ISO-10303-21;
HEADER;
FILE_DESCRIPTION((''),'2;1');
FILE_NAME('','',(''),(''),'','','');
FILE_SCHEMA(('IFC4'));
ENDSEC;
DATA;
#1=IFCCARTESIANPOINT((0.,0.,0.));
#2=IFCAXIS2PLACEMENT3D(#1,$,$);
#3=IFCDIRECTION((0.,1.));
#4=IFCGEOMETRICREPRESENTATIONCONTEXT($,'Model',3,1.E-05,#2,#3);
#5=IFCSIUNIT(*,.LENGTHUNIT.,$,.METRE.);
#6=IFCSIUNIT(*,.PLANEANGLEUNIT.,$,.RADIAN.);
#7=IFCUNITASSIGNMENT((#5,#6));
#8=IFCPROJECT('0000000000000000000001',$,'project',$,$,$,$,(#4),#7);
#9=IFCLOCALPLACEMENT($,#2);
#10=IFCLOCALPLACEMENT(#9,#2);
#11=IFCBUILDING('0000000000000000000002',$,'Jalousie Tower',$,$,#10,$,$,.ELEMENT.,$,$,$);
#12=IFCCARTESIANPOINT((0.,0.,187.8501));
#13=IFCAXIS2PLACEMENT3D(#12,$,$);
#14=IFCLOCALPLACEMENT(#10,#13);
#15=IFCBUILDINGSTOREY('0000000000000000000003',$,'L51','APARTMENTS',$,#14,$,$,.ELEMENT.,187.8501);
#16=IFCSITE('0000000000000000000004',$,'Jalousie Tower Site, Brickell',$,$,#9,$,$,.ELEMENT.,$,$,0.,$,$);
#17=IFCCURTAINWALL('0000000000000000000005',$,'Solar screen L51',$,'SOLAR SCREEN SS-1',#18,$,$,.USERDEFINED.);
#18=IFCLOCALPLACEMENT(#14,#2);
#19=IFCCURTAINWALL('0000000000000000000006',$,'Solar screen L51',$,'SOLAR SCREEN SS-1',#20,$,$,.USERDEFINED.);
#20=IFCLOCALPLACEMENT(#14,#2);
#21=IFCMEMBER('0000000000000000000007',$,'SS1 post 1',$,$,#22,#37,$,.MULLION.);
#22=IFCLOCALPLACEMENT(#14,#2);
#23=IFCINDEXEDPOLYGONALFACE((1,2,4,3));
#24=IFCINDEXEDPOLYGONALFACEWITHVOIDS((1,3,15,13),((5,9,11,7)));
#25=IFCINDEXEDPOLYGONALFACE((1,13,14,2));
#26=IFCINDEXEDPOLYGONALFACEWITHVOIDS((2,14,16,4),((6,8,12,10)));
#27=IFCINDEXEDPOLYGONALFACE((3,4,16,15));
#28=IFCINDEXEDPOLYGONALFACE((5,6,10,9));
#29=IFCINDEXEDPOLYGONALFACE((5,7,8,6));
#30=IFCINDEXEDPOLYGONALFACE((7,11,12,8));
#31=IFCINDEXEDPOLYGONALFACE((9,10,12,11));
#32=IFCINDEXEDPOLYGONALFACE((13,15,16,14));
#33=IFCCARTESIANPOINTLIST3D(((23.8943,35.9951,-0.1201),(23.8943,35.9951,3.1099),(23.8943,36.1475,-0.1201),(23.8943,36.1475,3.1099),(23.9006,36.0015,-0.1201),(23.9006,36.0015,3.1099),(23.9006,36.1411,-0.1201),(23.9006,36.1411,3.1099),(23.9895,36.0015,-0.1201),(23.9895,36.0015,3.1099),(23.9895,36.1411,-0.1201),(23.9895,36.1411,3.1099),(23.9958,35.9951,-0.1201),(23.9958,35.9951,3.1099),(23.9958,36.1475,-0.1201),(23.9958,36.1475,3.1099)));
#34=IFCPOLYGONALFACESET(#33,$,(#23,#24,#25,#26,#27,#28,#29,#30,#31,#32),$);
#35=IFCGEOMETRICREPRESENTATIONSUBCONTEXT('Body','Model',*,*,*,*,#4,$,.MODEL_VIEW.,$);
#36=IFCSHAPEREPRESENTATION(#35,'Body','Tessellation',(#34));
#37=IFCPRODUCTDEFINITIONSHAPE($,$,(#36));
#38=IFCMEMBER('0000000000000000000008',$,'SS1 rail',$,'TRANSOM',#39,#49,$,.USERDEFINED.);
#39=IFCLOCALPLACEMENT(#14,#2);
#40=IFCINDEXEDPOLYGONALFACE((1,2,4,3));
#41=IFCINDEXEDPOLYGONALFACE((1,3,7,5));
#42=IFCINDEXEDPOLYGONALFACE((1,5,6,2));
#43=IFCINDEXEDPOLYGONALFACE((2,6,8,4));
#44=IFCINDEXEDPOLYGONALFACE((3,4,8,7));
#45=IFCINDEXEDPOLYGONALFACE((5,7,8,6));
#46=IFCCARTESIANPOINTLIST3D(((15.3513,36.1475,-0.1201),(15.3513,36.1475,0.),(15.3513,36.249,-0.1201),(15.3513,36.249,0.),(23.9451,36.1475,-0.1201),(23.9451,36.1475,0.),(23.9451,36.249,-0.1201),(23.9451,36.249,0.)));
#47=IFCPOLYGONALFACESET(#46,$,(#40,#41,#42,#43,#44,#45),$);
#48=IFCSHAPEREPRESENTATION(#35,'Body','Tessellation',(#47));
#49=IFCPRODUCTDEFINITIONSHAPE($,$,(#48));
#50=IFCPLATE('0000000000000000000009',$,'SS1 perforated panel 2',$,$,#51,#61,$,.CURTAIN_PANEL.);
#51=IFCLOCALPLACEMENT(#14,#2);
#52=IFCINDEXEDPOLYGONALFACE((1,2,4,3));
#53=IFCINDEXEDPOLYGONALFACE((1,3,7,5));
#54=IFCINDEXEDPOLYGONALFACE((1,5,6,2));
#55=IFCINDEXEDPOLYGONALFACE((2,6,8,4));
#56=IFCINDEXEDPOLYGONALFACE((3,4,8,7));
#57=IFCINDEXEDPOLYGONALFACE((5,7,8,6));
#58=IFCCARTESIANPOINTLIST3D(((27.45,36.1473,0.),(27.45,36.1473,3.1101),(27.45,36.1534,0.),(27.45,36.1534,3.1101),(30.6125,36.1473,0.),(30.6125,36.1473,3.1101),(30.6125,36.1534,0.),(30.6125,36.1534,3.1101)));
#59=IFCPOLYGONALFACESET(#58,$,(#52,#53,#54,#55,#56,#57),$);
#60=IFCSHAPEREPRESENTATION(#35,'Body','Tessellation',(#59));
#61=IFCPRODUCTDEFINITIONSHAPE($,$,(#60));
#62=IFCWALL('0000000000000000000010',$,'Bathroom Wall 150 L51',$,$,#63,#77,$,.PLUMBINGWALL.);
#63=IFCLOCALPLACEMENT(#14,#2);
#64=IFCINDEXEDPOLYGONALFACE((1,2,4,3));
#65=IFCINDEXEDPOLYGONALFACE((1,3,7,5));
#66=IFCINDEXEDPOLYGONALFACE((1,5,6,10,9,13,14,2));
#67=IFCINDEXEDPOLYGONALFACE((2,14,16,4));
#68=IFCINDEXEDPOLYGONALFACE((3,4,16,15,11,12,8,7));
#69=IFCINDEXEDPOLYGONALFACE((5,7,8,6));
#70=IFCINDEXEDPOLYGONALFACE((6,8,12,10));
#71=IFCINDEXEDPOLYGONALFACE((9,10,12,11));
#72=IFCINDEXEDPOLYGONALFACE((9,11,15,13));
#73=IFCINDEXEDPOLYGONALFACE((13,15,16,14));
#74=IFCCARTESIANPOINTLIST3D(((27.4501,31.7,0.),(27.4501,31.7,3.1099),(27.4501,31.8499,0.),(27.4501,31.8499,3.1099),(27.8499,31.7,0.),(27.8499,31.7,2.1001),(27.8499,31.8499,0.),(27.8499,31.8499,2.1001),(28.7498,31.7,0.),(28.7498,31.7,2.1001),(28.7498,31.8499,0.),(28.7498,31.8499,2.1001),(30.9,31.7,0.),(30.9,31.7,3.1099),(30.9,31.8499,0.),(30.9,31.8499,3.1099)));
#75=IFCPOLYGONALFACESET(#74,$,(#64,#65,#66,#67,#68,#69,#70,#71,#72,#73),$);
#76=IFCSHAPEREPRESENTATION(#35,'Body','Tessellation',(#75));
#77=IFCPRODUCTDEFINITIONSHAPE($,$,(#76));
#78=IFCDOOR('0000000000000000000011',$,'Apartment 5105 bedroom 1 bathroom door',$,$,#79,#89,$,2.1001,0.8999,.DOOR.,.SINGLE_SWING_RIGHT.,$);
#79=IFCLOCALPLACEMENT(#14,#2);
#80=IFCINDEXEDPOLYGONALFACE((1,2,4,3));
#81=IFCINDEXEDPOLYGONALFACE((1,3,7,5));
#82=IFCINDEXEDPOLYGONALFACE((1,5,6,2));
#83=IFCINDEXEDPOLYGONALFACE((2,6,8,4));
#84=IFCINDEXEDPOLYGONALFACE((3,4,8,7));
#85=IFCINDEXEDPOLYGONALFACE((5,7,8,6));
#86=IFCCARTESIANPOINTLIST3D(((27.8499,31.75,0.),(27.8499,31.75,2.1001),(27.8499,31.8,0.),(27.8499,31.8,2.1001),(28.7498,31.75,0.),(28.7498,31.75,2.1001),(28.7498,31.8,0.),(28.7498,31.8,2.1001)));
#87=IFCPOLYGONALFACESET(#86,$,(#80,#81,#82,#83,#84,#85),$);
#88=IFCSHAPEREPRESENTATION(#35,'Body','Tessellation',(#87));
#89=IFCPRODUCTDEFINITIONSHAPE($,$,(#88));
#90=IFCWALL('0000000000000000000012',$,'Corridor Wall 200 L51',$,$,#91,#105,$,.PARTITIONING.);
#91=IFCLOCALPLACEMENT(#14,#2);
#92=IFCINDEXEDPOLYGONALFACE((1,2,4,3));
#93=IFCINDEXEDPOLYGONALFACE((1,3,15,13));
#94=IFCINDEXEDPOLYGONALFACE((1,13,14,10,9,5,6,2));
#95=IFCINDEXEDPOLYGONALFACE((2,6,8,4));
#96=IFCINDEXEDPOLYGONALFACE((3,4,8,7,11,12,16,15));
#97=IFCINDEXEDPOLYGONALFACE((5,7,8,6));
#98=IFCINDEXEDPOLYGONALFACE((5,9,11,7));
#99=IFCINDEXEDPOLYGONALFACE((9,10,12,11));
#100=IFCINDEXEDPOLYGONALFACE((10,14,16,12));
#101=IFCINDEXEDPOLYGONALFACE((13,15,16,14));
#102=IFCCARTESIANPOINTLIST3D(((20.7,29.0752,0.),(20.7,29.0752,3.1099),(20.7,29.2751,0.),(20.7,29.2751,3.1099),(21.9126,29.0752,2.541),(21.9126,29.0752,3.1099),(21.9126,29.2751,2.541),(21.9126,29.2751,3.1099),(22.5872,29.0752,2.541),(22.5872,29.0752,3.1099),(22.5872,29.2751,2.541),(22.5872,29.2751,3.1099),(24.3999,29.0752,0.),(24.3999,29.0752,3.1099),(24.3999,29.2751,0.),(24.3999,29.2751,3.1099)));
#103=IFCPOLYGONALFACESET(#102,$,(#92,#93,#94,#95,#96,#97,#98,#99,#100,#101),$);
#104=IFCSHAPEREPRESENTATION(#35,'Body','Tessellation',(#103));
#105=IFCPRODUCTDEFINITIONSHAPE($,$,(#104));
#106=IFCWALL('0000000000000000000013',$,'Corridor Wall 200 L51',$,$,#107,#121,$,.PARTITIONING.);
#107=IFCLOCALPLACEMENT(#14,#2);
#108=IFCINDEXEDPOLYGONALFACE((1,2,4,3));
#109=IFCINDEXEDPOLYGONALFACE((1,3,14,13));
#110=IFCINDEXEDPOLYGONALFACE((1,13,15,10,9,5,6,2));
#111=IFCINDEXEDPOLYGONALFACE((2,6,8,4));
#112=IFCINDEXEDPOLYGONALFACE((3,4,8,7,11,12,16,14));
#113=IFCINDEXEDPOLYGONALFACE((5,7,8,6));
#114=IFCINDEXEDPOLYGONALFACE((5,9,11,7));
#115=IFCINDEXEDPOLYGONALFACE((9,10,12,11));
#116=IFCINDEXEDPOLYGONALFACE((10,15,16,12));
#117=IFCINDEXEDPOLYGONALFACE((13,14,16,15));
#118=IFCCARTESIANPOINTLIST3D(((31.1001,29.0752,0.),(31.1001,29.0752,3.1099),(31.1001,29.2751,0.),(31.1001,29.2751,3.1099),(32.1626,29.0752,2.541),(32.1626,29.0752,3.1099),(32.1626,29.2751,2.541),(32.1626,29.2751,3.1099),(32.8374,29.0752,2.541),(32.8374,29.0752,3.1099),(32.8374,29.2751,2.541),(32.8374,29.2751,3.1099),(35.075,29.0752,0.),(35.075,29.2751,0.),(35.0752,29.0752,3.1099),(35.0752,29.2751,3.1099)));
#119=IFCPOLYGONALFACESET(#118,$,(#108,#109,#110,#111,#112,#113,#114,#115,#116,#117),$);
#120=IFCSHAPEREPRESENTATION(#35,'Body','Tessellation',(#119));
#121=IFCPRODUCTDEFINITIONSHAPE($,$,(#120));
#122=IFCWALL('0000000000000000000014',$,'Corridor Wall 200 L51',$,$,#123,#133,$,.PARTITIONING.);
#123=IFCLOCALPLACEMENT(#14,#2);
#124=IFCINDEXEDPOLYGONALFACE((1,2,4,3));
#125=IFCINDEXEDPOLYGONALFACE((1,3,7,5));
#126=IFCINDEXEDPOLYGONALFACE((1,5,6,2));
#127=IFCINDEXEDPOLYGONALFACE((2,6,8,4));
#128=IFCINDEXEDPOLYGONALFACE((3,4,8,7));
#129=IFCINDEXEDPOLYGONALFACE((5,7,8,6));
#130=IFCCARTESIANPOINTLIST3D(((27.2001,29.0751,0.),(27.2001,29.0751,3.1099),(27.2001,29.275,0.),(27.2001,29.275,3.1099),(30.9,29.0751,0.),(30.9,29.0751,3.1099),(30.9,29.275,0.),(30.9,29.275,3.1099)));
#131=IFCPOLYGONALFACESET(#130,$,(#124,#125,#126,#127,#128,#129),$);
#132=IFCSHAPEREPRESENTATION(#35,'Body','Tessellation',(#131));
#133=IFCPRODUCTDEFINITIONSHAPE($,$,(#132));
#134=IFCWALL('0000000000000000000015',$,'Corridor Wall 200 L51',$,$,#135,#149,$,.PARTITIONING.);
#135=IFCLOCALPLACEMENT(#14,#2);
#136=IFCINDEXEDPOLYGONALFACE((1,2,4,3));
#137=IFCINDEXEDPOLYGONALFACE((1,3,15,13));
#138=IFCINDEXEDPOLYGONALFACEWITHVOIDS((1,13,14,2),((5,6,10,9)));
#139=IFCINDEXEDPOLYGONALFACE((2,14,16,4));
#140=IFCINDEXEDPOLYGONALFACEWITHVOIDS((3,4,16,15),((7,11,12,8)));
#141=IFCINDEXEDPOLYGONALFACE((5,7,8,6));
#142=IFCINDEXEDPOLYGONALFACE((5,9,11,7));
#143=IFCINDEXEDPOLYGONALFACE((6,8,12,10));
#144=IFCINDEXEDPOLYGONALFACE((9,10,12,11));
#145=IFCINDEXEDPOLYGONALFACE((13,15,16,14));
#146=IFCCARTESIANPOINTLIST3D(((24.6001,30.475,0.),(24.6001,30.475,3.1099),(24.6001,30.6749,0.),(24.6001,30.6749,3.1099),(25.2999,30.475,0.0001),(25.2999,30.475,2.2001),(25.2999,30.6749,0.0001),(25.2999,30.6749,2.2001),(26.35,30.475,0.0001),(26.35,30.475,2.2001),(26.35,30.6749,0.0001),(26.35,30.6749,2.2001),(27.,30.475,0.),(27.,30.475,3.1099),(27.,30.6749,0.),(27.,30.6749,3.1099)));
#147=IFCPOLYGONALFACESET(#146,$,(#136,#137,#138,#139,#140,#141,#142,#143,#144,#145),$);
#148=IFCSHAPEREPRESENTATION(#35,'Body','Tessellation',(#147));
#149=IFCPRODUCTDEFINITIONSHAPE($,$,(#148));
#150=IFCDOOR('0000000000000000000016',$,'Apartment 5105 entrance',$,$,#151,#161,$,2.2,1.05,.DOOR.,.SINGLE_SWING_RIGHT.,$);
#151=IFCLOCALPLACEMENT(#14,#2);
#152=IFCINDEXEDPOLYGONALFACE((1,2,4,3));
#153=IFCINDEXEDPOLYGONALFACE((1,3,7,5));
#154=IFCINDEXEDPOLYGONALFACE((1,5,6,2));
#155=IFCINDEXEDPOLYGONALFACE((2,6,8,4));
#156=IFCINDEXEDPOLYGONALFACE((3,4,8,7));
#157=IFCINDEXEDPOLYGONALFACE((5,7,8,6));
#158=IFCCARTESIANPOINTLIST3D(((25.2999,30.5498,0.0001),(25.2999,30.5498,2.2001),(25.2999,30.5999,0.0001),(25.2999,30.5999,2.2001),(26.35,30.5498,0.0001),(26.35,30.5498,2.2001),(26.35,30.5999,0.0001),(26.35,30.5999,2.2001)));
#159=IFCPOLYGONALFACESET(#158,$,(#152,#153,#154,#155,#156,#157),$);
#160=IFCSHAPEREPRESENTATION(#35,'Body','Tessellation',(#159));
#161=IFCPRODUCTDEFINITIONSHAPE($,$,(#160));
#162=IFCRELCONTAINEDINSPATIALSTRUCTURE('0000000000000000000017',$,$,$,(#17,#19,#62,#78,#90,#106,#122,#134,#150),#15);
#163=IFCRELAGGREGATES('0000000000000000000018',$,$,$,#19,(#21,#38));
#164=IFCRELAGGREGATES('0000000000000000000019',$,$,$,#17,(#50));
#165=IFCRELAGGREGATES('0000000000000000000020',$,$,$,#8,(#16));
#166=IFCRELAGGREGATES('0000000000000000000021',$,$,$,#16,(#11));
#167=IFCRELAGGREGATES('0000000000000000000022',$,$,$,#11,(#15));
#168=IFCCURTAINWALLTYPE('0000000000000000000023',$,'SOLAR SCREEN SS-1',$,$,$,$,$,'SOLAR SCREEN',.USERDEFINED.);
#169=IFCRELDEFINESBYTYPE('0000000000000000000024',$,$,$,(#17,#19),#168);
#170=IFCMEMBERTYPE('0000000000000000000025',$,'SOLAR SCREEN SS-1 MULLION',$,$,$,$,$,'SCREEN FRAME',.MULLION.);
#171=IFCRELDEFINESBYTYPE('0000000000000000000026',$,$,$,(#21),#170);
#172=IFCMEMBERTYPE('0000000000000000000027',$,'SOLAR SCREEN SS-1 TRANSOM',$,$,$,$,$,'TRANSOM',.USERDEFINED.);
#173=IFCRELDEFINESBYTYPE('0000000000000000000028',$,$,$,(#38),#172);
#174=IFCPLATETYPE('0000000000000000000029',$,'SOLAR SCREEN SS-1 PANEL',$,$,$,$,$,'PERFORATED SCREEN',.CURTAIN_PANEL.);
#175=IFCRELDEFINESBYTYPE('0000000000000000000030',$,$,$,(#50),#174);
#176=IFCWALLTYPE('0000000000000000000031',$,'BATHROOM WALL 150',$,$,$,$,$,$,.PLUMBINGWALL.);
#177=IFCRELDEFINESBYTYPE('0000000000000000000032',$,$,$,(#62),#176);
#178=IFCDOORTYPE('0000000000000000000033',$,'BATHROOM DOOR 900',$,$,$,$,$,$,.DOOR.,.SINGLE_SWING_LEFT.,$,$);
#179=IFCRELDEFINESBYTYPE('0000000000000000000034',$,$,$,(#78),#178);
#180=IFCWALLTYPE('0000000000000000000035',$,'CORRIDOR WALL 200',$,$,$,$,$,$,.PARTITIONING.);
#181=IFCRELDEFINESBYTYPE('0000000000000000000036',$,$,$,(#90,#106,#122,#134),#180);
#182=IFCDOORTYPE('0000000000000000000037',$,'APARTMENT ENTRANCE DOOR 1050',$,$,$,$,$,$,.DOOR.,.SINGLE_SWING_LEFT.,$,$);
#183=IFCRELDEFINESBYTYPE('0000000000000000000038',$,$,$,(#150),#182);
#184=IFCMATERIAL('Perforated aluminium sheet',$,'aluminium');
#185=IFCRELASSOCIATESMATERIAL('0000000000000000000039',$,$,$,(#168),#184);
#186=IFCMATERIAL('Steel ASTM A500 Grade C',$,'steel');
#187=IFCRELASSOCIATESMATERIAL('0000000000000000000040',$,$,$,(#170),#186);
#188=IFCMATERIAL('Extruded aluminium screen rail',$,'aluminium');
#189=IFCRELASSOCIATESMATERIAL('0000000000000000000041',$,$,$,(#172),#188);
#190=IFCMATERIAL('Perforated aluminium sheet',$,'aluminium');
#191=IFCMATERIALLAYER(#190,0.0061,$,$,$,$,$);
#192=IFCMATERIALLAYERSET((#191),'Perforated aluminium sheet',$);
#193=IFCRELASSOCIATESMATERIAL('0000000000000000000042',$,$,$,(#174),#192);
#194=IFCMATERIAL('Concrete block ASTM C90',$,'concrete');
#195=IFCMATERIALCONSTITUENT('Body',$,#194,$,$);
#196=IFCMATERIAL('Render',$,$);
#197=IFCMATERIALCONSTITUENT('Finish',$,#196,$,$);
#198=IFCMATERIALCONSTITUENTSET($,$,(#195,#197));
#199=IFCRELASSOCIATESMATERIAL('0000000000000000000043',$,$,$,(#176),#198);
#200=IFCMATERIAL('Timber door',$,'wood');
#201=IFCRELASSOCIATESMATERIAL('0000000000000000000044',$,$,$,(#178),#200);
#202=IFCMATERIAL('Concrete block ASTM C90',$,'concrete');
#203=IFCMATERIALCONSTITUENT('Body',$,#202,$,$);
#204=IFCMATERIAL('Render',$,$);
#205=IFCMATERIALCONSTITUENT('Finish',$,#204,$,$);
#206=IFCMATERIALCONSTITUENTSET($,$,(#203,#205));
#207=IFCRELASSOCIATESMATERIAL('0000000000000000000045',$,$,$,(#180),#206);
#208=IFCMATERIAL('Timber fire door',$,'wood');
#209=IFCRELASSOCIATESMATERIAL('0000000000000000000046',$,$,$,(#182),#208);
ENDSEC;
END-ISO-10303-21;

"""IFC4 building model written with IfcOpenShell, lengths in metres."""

from ifc_helpers import new_model, si_unit, direction, frame, frame_2d, origin, origin_2d, place, context, subcontext, project, spatial, polyline, rectangle, hollow_rectangle, outline, extrude, material, layer, layer_set, constituent, constituent_set, material_profile, profile_set, type_object, element, fill, aggregate, save


model = new_model("IFC4")

# Units and contexts
model_context = context("Model", 3, precision=1e-05, world=origin(), true_north=direction((0.0, 1.0)))
body_context = subcontext(model_context, "Body", "Model", "MODEL_VIEW")
ifc_project = project(units=[si_unit("LENGTHUNIT", "METRE"), si_unit("PLANEANGLEUNIT", "RADIAN")], contexts=[model_context])

# Site, building, storey
site_placement = place(None, origin())
site = spatial("IfcSite", under=ifc_project, at=site_placement, Name="Jalousie Tower Site, Brickell", CompositionType="ELEMENT", RefElevation=0.0)
building_placement = place(site_placement, origin())
building = spatial("IfcBuilding", under=site, at=building_placement, Name="Jalousie Tower", CompositionType="ELEMENT")
storey_placement = place(building_placement, frame((0.0, 0.0, 187.8501)))
storey = spatial("IfcBuildingStorey", under=building, at=storey_placement, Name="L51", Description="APARTMENTS", CompositionType="ELEMENT", Elevation=187.8501)

# Curtain walls, members
ifc_material_1 = material(Name="Perforated aluminium sheet", Category="aluminium")
curtain_wall_type = type_object("IfcCurtainWallType", Name="SOLAR SCREEN SS-1", ElementType="SOLAR SCREEN", PredefinedType="USERDEFINED", material=ifc_material_1)
curtain_wall_1_placement = place(storey_placement, origin())
curtain_wall_1 = element("IfcCurtainWall", 1, at=curtain_wall_1_placement, inside=storey, type_object=curtain_wall_type, Name="Solar screen L51", ObjectType="SOLAR SCREEN SS-1", PredefinedType="USERDEFINED")
ifc_material_2 = material(Name="Steel ASTM A500 Grade C", Category="steel")
ifc_material_profile_1 = material_profile(ifc_material_2, hollow_rectangle(XDim=0.1016, YDim=0.1523, WallThickness=0.0063, at=origin_2d()), Name="HSS6X4X1/4")
ifc_profile_set_1 = profile_set([ifc_material_profile_1], Name="Steel ASTM A500 Grade C")
member_type_1 = type_object("IfcMemberType", Name="SOLAR SCREEN SS-1 MULLION", ElementType="SCREEN FRAME", PredefinedType="MULLION", material=ifc_profile_set_1)
curtain_wall_2_placement = place(storey_placement, origin())
curtain_wall_2 = element("IfcCurtainWall", 2, at=curtain_wall_2_placement, inside=storey, type_object=curtain_wall_type, Name="Solar screen L51", ObjectType="SOLAR SCREEN SS-1", PredefinedType="USERDEFINED")
member_1_placement = place(storey_placement, frame((23.9451, 36.0713, -0.1201), z_axis=(0.0, 0.0, 1.0), x_axis=(-1.0, 0.0, 0.0)))
member_1 = element("IfcMember", 3, at=member_1_placement, type_object=member_type_1, Name="SS1 post 1", PredefinedType="MULLION", context=body_context, shape_type="SweptSolid", body=[
    extrude(hollow_rectangle(XDim=0.1016, YDim=0.1523, WallThickness=0.0063, at=origin_2d()), origin(), (0.0, 0.0, 1.0), 3.23),
])
ifc_material_3 = material(Name="Extruded aluminium screen rail", Category="aluminium")
ifc_material_profile_2 = material_profile(ifc_material_3, rectangle(XDim=0.1016, YDim=0.1201, at=origin_2d()), Name="RAIL 102x120")
ifc_profile_set_2 = profile_set([ifc_material_profile_2], Name="Extruded aluminium screen rail")
member_type_2 = type_object("IfcMemberType", Name="SOLAR SCREEN SS-1 TRANSOM", ElementType="TRANSOM", PredefinedType="USERDEFINED", material=ifc_profile_set_2)
member_2_placement = place(storey_placement, frame((23.9451, 36.1982, -0.0601), z_axis=(-1.0, 0.0, 0.0), x_axis=(0.0, -1.0, 0.0)))
member_2 = element("IfcMember", 4, at=member_2_placement, type_object=member_type_2, Name="SS1 rail", ObjectType="TRANSOM", PredefinedType="USERDEFINED", context=body_context, shape_type="SweptSolid", body=[
    extrude(rectangle(XDim=0.1016, YDim=0.1201, at=origin_2d()), origin(), (0.0, 0.0, 1.0), 8.5938),
])
aggregate(curtain_wall_2, [member_1, member_2])

# Plate
ifc_material_4 = material(Name="Perforated aluminium sheet", Category="aluminium")
ifc_layer = layer(ifc_material_4, 0.0061)
ifc_layer_set = layer_set([ifc_layer], Name="Perforated aluminium sheet")
plate_type = type_object("IfcPlateType", Name="SOLAR SCREEN SS-1 PANEL", ElementType="PERFORATED SCREEN", PredefinedType="CURTAIN_PANEL", material=ifc_layer_set)
plate_placement = place(storey_placement, frame((29.0312, 36.1504, 0.0), z_axis=(0.0, 0.0, 1.0), x_axis=(-1.0, 0.0, 0.0)))
plate = element("IfcPlate", 5, at=plate_placement, type_object=plate_type, Name="SS1 perforated panel 2", PredefinedType="CURTAIN_PANEL", context=body_context, shape_type="SweptSolid", body=[
    extrude(rectangle(XDim=3.1626, YDim=0.0061, at=origin_2d()), origin(), (0.0, 0.0, 1.0), 3.1101),
])
aggregate(curtain_wall_1, [plate])

# Wall, opening, door
ifc_material_5 = material(Name="Concrete block ASTM C90", Category="concrete")
ifc_constituent_1 = constituent(ifc_material_5, Name="Body")
ifc_material_6 = material(Name="Render")
ifc_constituent_2 = constituent(ifc_material_6, Name="Finish")
ifc_constituent_set_1 = constituent_set(constituents=[ifc_constituent_1, ifc_constituent_2])
wall_type_1 = type_object("IfcWallType", Name="BATHROOM WALL 150", PredefinedType="PLUMBINGWALL", material=ifc_constituent_set_1)
wall_1_placement = place(storey_placement, frame((27.45, 31.7749, 0.0), z_axis=(0.0, 0.0, 1.0), x_axis=(1.0, 0.0, 0.0)))
wall_1 = element("IfcWall", 6, at=wall_1_placement, inside=storey, type_object=wall_type_1, Name="Bathroom Wall 150 L51", PredefinedType="PLUMBINGWALL", context=body_context, shape_type="SweptSolid", body=[
    extrude(rectangle(XDim=3.45, YDim=0.1499, at=frame_2d((1.7251, 0.0))), origin(), (0.0, 0.0, 1.0), 3.1099),
])
opening_1_placement = place(wall_1_placement, frame((0.3999, 0.0, 0.0)))
opening_1 = element("IfcOpeningElement", 7, at=opening_1_placement, cuts=wall_1, PredefinedType="OPENING", context=body_context, shape_type="SweptSolid", body=[
    extrude(rectangle(XDim=0.8999, YDim=2.1001, at=frame_2d((0.45, 1.05))), frame((0.0, 0.085, 0.0), z_axis=(0.0, -1.0, 0.0), x_axis=(1.0, 0.0, 0.0)), (0.0, 0.0, 1.0), 0.1699),
])
ifc_material_7 = material(Name="Timber door", Category="wood")
door_type_1 = type_object("IfcDoorType", Name="BATHROOM DOOR 900", OperationType="SINGLE_SWING_LEFT", PredefinedType="DOOR", material=ifc_material_7)
door_1_placement = place(opening_1_placement, frame((0.8999, 0.0, 0.0), z_axis=(0.0, 0.0, 1.0), x_axis=(-1.0, 0.0, 0.0)))
door_1 = element("IfcDoor", 8, at=door_1_placement, inside=storey, type_object=door_type_1, Name="Apartment 5105 bedroom 1 bathroom door", OperationType="SINGLE_SWING_RIGHT", OverallHeight=2.1001, OverallWidth=0.8999, PredefinedType="DOOR", context=body_context, shape_type="SweptSolid", body=[
    extrude(rectangle(XDim=0.8999, YDim=2.1001, at=frame_2d((0.45, 1.05))), frame((0.0, 0.0249, 0.0), z_axis=(0.0, -1.0, 0.0), x_axis=(1.0, 0.0, 0.0)), (0.0, 0.0, 1.0), 0.05),
])
fill(opening_1, door_1)

# Walls
ifc_material_8 = material(Name="Concrete block ASTM C90", Category="concrete")
ifc_constituent_3 = constituent(ifc_material_8, Name="Body")
ifc_material_9 = material(Name="Render")
ifc_constituent_4 = constituent(ifc_material_9, Name="Finish")
ifc_constituent_set_2 = constituent_set(constituents=[ifc_constituent_3, ifc_constituent_4])
wall_type_2 = type_object("IfcWallType", Name="CORRIDOR WALL 200", PredefinedType="PARTITIONING", material=ifc_constituent_set_2)
wall_2_placement = place(storey_placement, frame((20.7, 29.175, 0.0), z_axis=(0.0, 0.0, 1.0), x_axis=(1.0, 0.0, 0.0)))
element("IfcWall", 9, at=wall_2_placement, inside=storey, type_object=wall_type_2, Name="Corridor Wall 200 L51", PredefinedType="PARTITIONING", context=body_context, shape_type="SweptSolid", body=[
    extrude(outline(polyline([(0.0, 0.0), (3.7, 0.0), (3.7, 3.1099), (1.8872, 3.1099), (1.8872, 2.541), (1.2126, 2.541), (1.2126, 3.1099), (0.0, 3.1099), (0.0, 0.0)])), frame((0.0, 0.1001, 0.0), z_axis=(0.0, -1.0, 0.0), x_axis=(1.0, 0.0, 0.0)), (0.0, 0.0, 1.0), 0.2),
])
wall_3_placement = place(storey_placement, frame((31.1001, 29.175, 0.0), z_axis=(0.0, 0.0, 1.0), x_axis=(1.0, 0.0, 0.0)))
element("IfcWall", 10, at=wall_3_placement, inside=storey, type_object=wall_type_2, Name="Corridor Wall 200 L51", PredefinedType="PARTITIONING", context=body_context, shape_type="SweptSolid", body=[
    extrude(outline(polyline([(0.0, 0.0), (3.9749, 0.0), (3.9751, 3.1099), (1.7373, 3.1099), (1.7373, 2.541), (1.0625, 2.541), (1.0625, 3.1099), (0.0, 3.1099), (0.0, 0.0)])), frame((0.0, 0.1001, 0.0), z_axis=(0.0, -1.0, 0.0), x_axis=(1.0, 0.0, 0.0)), (0.0, 0.0, 1.0), 0.2),
])
wall_4_placement = place(storey_placement, frame((27.2, 29.175, 0.0), z_axis=(0.0, 0.0, 1.0), x_axis=(1.0, 0.0, 0.0)))
element("IfcWall", 11, at=wall_4_placement, inside=storey, type_object=wall_type_2, Name="Corridor Wall 200 L51", PredefinedType="PARTITIONING", context=body_context, shape_type="SweptSolid", body=[
    extrude(rectangle(XDim=3.7, YDim=0.2, at=frame_2d((1.8501, 0.0))), origin(), (0.0, 0.0, 1.0), 3.1099),
])

# Wall, opening, door
wall_5_placement = place(storey_placement, frame((24.6001, 30.575, 0.0), z_axis=(0.0, 0.0, 1.0), x_axis=(1.0, 0.0, 0.0)))
wall_5 = element("IfcWall", 12, at=wall_5_placement, inside=storey, type_object=wall_type_2, Name="Corridor Wall 200 L51", PredefinedType="PARTITIONING", context=body_context, shape_type="SweptSolid", body=[
    extrude(rectangle(XDim=2.3999, YDim=0.2, at=frame_2d((1.2, 0.0))), origin(), (0.0, 0.0, 1.0), 3.1099),
])
opening_2_placement = place(wall_5_placement, frame((0.7, 0.0, 0.0)))
opening_2 = element("IfcOpeningElement", 13, at=opening_2_placement, cuts=wall_5, PredefinedType="OPENING", context=body_context, shape_type="SweptSolid", body=[
    extrude(rectangle(XDim=1.05, YDim=2.2, at=frame_2d((0.5249, 1.1001))), frame((0.0, 0.1099, 0.0), z_axis=(0.0, -1.0, 0.0), x_axis=(1.0, 0.0, 0.0)), (0.0, 0.0, 1.0), 0.22),
])
ifc_material_10 = material(Name="Timber fire door", Category="wood")
door_type_2 = type_object("IfcDoorType", Name="APARTMENT ENTRANCE DOOR 1050", OperationType="SINGLE_SWING_LEFT", PredefinedType="DOOR", material=ifc_material_10)
door_2_placement = place(opening_2_placement, origin())
door_2 = element("IfcDoor", 14, at=door_2_placement, inside=storey, type_object=door_type_2, Name="Apartment 5105 entrance", OperationType="SINGLE_SWING_RIGHT", OverallHeight=2.2, OverallWidth=1.05, PredefinedType="DOOR", context=body_context, shape_type="SweptSolid", body=[
    extrude(rectangle(XDim=1.05, YDim=2.2, at=frame_2d((0.5249, 1.1001))), frame((0.0, 0.0249, 0.0), z_axis=(0.0, -1.0, 0.0), x_axis=(1.0, 0.0, 0.0)), (0.0, 0.0, 1.0), 0.05),
])
fill(opening_2, door_2)

save(model, "model.ifc")
